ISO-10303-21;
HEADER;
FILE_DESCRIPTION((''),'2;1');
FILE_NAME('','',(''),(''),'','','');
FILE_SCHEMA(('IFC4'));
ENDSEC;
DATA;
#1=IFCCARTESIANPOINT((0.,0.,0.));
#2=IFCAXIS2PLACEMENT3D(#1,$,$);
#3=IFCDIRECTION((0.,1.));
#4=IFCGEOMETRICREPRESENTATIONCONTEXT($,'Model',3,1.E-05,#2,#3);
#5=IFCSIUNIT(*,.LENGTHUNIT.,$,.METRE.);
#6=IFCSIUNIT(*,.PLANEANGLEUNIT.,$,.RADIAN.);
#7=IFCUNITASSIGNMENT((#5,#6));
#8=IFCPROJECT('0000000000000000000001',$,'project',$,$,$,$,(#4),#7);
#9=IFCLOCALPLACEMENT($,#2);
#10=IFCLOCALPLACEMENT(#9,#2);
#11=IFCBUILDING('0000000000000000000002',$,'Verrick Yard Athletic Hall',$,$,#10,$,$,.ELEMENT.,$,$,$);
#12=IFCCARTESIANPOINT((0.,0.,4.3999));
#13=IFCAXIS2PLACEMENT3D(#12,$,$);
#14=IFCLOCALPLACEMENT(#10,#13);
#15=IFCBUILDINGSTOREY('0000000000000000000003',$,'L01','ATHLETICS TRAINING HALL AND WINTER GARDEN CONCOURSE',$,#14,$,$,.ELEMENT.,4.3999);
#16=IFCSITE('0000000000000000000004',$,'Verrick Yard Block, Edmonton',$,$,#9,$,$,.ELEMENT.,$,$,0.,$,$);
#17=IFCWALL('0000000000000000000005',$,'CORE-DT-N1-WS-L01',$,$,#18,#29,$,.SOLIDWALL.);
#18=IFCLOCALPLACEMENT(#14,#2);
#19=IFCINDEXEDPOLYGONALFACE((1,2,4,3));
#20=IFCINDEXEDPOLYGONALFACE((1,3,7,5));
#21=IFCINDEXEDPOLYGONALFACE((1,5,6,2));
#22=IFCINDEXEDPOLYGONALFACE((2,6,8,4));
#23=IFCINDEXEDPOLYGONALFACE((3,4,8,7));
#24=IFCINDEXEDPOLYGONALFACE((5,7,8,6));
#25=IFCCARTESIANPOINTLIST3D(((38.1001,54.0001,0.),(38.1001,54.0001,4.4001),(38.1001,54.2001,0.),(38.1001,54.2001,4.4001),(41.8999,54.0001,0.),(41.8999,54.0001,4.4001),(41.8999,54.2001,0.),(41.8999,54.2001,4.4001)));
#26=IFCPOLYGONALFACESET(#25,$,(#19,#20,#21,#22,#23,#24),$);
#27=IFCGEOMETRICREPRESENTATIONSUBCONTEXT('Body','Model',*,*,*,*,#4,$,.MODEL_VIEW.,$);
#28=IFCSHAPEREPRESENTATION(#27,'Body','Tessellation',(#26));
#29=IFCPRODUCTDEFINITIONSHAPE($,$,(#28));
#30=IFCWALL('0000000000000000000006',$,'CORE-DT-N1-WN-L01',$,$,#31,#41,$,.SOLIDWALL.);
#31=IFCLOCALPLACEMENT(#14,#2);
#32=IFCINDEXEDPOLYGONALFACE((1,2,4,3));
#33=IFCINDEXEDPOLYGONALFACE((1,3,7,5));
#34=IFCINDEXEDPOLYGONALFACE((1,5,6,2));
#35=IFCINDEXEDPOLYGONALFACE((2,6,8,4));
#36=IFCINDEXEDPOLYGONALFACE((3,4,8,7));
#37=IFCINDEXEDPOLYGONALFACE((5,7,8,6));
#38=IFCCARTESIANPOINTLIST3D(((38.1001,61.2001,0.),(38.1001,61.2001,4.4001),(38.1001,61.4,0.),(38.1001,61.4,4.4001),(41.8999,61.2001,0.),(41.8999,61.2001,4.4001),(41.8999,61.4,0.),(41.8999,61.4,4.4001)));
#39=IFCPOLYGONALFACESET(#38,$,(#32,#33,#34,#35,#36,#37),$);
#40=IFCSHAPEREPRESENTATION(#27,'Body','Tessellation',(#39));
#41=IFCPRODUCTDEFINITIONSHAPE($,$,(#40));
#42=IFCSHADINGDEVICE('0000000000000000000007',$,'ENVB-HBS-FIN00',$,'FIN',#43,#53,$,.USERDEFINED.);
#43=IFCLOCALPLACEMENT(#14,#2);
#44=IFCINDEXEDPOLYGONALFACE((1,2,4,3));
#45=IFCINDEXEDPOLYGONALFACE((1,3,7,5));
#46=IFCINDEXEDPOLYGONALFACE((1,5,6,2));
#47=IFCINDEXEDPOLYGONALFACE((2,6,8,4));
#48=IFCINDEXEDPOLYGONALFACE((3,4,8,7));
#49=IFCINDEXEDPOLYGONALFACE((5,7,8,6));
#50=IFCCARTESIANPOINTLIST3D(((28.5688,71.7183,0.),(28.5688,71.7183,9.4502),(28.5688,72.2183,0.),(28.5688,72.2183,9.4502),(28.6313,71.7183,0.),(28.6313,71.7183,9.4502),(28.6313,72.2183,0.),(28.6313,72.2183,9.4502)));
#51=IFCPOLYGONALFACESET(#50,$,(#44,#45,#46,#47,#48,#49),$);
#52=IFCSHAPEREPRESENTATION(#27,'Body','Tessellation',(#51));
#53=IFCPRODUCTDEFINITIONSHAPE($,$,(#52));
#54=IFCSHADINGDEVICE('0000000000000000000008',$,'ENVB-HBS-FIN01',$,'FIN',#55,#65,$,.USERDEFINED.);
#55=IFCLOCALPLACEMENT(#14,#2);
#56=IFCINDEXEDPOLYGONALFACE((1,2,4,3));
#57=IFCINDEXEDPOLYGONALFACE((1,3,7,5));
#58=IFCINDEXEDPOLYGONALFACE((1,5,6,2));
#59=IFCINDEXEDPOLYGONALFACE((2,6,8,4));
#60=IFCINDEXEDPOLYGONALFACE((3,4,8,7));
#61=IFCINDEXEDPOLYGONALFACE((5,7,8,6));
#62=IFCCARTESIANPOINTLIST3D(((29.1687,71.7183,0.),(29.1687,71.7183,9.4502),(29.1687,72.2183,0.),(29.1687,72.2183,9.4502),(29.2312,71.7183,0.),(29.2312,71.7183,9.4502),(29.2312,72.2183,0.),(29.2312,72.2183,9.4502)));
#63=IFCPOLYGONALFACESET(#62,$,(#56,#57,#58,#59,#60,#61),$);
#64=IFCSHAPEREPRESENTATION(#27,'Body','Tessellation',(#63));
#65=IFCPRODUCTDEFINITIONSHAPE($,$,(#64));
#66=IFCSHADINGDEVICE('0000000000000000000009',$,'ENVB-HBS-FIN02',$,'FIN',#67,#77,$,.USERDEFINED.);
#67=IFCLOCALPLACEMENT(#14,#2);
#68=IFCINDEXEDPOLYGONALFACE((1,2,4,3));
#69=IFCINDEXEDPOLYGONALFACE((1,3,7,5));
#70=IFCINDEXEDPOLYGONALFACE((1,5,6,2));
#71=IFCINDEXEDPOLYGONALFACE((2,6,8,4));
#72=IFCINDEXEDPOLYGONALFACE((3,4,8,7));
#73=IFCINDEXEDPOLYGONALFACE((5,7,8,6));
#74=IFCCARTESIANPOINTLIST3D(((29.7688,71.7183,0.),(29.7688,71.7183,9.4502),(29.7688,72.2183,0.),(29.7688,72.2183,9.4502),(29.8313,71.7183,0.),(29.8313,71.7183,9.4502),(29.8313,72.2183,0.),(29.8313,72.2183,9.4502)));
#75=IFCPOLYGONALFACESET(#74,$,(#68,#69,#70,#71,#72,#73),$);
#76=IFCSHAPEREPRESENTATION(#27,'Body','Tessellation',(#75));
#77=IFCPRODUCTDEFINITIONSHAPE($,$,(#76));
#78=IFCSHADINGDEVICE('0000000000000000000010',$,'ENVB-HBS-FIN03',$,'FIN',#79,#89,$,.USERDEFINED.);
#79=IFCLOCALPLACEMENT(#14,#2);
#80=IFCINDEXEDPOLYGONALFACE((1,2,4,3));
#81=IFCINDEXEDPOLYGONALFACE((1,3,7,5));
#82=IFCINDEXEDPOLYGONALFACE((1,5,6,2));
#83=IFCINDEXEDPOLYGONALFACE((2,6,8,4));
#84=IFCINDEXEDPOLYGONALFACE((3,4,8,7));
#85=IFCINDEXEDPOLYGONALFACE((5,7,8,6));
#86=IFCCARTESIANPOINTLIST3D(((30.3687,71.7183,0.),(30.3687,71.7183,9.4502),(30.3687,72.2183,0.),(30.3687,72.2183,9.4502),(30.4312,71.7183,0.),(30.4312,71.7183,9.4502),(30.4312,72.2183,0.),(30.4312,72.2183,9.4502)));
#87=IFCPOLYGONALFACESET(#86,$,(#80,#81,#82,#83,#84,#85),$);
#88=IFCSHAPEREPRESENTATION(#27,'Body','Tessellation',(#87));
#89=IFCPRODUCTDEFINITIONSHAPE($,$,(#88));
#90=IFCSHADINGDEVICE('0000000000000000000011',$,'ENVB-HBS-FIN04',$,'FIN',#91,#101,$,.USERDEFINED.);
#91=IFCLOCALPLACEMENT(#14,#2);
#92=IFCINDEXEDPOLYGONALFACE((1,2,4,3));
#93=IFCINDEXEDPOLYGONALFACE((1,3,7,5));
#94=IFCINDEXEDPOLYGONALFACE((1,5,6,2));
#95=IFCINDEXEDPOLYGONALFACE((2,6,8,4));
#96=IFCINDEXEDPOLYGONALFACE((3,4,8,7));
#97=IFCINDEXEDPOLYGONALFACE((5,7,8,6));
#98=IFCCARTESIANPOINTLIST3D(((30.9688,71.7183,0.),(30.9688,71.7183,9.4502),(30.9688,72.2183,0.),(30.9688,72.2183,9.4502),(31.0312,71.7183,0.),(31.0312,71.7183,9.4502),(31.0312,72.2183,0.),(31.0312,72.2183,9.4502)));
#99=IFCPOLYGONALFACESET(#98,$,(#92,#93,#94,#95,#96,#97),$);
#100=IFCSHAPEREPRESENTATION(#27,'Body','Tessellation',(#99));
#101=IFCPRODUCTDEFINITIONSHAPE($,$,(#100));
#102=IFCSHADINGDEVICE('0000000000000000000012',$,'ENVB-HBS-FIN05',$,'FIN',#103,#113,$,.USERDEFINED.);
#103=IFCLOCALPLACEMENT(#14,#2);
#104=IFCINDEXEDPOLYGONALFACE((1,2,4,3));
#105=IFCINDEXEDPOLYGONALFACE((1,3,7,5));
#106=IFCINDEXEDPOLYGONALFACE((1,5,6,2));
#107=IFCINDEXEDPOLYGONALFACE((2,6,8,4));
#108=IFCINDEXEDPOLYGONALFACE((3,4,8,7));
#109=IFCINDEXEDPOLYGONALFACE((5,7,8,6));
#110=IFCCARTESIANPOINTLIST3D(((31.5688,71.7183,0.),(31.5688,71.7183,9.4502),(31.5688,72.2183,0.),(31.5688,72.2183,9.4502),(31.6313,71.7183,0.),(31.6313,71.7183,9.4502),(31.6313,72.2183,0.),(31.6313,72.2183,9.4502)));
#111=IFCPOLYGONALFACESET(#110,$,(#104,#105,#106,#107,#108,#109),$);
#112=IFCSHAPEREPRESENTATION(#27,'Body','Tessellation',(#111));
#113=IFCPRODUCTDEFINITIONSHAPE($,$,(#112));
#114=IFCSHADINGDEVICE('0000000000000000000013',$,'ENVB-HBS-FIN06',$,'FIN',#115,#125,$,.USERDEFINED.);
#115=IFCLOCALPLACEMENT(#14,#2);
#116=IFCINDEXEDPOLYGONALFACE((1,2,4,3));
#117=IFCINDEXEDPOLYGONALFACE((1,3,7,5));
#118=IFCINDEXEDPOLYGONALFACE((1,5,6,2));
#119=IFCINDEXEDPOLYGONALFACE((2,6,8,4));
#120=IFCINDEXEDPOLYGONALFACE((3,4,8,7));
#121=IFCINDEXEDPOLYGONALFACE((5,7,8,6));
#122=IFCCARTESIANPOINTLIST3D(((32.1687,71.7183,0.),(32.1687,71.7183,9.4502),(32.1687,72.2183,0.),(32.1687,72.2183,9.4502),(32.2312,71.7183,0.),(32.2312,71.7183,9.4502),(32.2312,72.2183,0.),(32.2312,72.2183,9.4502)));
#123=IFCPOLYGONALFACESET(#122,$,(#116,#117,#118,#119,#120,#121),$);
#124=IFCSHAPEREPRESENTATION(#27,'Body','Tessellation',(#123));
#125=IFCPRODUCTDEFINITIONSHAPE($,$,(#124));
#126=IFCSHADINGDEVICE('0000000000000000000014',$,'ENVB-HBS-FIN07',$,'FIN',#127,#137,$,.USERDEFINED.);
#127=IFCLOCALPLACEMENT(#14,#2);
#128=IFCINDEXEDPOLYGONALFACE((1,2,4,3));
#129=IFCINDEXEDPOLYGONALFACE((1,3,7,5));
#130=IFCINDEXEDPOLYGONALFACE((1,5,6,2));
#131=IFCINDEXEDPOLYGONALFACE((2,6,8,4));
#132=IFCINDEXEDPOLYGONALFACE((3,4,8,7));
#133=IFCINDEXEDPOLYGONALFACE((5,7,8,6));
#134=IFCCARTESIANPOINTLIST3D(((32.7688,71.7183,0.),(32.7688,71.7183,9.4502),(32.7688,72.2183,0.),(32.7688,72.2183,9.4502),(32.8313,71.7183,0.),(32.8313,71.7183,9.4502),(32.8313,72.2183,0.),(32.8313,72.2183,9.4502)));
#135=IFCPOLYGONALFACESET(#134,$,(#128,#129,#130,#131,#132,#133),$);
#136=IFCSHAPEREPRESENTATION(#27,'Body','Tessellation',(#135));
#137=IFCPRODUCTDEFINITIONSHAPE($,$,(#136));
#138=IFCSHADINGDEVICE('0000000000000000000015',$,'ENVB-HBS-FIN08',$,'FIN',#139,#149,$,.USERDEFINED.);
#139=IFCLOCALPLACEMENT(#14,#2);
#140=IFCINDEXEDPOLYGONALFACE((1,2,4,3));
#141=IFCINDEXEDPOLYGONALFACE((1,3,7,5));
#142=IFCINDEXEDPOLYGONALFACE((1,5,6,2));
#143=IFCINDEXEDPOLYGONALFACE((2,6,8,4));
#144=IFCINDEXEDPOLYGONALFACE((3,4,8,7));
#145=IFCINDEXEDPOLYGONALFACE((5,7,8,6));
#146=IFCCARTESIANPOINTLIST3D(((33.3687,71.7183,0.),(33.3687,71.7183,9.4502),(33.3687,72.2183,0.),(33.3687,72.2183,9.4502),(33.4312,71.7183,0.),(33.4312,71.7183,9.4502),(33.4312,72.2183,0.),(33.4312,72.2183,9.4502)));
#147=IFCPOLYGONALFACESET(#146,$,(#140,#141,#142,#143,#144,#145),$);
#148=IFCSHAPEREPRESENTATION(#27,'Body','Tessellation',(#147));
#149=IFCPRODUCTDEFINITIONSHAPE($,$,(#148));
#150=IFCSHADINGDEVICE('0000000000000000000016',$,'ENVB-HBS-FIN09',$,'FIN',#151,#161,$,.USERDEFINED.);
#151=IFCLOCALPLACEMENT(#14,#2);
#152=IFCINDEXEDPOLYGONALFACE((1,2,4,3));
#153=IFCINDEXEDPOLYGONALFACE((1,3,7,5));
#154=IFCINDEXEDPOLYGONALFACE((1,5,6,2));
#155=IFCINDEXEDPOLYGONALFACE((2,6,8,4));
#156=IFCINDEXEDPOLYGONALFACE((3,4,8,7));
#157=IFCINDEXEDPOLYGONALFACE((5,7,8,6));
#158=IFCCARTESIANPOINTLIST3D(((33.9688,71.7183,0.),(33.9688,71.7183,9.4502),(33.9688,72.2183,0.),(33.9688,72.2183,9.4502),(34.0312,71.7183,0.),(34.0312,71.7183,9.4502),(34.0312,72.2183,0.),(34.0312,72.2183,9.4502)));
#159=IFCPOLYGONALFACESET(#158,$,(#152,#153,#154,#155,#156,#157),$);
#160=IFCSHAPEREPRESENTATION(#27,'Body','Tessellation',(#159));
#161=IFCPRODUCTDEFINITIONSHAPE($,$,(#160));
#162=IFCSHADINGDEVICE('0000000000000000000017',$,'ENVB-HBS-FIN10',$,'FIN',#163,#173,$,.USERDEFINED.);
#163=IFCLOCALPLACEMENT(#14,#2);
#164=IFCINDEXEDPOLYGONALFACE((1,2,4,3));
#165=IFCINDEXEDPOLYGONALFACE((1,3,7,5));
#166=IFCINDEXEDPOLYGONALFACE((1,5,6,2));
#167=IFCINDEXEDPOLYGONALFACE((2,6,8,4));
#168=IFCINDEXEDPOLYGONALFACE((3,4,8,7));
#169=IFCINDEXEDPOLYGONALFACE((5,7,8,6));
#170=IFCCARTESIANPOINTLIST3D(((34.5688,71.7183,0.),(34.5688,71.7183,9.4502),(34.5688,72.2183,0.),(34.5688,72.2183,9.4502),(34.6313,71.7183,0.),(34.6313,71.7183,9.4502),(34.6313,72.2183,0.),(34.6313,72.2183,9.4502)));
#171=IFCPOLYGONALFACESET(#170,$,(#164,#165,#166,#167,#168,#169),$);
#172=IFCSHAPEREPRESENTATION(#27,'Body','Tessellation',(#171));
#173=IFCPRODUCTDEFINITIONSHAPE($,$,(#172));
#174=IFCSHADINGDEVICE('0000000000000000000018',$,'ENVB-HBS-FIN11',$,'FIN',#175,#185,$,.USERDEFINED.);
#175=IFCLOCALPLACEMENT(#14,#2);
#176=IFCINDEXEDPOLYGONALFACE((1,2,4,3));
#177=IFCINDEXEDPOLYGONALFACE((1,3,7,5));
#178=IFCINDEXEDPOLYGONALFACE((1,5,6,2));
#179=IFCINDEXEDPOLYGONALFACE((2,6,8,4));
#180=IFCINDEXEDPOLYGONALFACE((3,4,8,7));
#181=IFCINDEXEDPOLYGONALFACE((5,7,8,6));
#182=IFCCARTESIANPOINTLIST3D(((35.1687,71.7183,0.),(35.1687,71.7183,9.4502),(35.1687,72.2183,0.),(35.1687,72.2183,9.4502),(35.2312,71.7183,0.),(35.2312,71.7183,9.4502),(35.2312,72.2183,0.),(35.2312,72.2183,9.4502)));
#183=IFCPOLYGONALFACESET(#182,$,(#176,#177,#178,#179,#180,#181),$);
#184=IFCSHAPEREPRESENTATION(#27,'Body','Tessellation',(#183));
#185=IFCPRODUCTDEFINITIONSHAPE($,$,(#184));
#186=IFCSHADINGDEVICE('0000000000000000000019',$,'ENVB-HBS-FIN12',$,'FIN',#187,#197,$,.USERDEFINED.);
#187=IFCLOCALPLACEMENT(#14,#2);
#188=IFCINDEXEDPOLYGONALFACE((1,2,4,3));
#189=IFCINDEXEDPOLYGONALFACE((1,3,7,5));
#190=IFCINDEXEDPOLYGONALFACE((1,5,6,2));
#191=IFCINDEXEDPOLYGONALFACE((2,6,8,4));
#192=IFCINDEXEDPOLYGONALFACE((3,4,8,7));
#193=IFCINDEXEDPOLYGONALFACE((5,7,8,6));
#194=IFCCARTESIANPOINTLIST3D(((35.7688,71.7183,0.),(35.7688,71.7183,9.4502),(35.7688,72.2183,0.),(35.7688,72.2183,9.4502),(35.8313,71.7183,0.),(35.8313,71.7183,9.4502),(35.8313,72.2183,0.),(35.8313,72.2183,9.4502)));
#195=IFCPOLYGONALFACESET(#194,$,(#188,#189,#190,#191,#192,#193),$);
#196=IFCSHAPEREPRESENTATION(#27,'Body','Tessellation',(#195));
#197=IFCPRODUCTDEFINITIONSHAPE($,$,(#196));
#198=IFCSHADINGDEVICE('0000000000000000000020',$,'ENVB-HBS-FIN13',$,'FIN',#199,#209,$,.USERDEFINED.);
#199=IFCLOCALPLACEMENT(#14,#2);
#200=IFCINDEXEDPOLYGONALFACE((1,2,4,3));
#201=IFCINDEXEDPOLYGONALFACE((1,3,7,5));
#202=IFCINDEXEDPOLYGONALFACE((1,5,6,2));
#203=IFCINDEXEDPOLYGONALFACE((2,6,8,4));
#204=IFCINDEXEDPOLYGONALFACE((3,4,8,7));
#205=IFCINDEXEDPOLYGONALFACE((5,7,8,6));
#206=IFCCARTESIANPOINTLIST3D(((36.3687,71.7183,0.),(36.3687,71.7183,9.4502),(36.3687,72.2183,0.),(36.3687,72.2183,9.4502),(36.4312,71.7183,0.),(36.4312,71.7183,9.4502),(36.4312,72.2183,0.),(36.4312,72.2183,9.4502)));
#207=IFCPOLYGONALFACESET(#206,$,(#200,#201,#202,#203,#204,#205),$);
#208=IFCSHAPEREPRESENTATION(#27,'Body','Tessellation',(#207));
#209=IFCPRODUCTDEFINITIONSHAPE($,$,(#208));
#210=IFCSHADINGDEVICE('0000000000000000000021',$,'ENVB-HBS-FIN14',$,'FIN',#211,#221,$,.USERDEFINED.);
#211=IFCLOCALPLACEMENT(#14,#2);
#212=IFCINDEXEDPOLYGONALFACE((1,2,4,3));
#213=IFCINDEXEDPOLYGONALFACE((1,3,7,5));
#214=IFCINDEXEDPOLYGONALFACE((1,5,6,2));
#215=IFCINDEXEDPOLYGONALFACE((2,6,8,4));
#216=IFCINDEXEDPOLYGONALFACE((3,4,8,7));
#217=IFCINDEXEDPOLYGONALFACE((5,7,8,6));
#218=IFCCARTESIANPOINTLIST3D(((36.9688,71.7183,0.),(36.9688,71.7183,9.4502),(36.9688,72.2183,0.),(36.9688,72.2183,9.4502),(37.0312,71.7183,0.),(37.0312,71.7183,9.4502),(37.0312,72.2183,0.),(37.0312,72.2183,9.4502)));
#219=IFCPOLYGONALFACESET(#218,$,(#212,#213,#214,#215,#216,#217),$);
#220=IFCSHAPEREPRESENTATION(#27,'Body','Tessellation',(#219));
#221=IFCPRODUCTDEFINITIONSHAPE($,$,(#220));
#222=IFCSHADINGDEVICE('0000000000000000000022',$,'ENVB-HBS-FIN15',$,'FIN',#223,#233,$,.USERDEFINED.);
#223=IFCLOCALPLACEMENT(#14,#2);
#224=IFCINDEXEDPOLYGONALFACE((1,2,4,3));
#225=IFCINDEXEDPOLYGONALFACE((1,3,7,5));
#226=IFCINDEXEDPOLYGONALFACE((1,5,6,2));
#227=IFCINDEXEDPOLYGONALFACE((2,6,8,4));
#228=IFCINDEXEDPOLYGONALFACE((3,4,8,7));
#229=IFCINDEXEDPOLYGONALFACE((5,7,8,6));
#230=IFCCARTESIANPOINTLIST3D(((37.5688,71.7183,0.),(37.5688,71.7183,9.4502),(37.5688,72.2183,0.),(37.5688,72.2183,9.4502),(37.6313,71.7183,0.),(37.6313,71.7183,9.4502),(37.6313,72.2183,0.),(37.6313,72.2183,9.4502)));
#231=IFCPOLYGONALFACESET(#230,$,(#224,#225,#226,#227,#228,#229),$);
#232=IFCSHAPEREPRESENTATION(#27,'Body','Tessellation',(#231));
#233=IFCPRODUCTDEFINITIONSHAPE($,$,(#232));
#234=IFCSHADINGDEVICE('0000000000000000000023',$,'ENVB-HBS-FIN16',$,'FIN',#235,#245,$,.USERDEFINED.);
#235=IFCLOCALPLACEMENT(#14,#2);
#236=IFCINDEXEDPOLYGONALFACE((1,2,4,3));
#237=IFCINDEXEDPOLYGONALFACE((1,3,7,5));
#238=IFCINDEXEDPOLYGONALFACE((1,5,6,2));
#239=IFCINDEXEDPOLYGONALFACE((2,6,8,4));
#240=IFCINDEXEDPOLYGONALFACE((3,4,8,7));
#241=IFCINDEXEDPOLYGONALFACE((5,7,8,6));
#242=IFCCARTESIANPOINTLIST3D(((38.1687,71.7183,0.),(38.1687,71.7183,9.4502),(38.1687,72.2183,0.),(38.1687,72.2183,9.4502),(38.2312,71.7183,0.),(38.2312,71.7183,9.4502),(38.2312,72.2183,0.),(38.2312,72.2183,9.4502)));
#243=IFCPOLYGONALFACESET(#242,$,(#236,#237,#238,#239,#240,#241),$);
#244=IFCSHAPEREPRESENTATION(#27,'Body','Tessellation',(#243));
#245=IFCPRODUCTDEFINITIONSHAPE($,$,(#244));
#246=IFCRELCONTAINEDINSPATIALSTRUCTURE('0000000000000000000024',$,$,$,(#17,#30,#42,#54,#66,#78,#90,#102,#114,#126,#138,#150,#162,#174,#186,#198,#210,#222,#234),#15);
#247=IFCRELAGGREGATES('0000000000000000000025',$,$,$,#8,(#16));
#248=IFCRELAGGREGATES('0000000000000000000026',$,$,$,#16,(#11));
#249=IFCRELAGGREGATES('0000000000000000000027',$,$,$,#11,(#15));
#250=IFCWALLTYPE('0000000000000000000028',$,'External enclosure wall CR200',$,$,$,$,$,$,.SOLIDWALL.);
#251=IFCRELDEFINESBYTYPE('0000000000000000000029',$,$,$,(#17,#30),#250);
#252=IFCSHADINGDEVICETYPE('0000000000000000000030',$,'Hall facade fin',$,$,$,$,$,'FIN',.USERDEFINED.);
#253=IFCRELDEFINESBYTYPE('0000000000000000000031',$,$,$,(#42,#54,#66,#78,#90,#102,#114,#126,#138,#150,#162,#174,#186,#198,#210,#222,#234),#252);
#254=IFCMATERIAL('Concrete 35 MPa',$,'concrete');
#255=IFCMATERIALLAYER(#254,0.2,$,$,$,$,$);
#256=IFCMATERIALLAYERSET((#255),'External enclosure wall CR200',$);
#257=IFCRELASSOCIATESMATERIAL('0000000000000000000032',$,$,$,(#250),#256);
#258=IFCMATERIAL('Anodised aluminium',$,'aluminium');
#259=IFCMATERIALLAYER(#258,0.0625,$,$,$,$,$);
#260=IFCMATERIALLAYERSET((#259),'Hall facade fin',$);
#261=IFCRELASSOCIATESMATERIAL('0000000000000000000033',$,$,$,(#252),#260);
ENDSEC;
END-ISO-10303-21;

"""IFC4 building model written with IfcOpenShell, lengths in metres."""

from ifc_helpers import new_model, si_unit, direction, frame, frame_2d, origin, place, context, subcontext, project, spatial, polyline, rectangle, outline, extrude, material, layer, layer_set, type_object, element, save


model = new_model("IFC4")

# Units and contexts
model_context = context("Model", 3, precision=1e-05, world=origin(), true_north=direction((0.0, 1.0)))
body_context = subcontext(model_context, "Body", "Model", "MODEL_VIEW")
ifc_project = project(units=[si_unit("LENGTHUNIT", "METRE"), si_unit("PLANEANGLEUNIT", "RADIAN")], contexts=[model_context])

# Site, building, storey
site_placement = place(None, origin())
site = spatial("IfcSite", under=ifc_project, at=site_placement, Name="Verrick Yard Block, Edmonton", CompositionType="ELEMENT", RefElevation=0.0)
building_placement = place(site_placement, origin())
building = spatial("IfcBuilding", under=site, at=building_placement, Name="Verrick Yard Athletic Hall", CompositionType="ELEMENT")
storey_placement = place(building_placement, frame((0.0, 0.0, 4.3999)))
storey = spatial("IfcBuildingStorey", under=building, at=storey_placement, Name="L01", Description="ATHLETICS TRAINING HALL AND WINTER GARDEN CONCOURSE", CompositionType="ELEMENT", Elevation=4.3999)

# Walls
ifc_material_1 = material(Name="Concrete 35 MPa", Category="concrete")
ifc_layer_1 = layer(ifc_material_1, 0.2)
ifc_layer_set_1 = layer_set([ifc_layer_1], Name="External enclosure wall CR200")
wall_type = type_object("IfcWallType", Name="External enclosure wall CR200", PredefinedType="SOLIDWALL", material=ifc_layer_set_1)
for number, where, z_axis, x_axis, name in (
    (1, (38.1001, 54.1001, 0.0), (0.0, 0.0, 1.0), (1.0, 0.0, 0.0), "CORE-DT-N1-WS-L01"),
    (2, (38.1001, 61.3, 0.0), (0.0, 0.0, 1.0), (1.0, 0.0, 0.0), "CORE-DT-N1-WN-L01"),
):
    element("IfcWall", number, at=place(storey_placement, frame(where, z_axis=z_axis, x_axis=x_axis)), inside=storey, type_object=wall_type, Name=name, PredefinedType="SOLIDWALL", context=body_context, shape_type="SweptSolid", body=[
        extrude(rectangle(XDim=3.7998, YDim=0.2, at=frame_2d((1.8999, 0.0))), origin(), (0.0, 0.0, 1.0), 4.4001),
    ])

# Shading devices
ifc_material_2 = material(Name="Anodised aluminium", Category="aluminium")
ifc_layer_2 = layer(ifc_material_2, 0.0625)
ifc_layer_set_2 = layer_set([ifc_layer_2], Name="Hall facade fin")
shading_device_type = type_object("IfcShadingDeviceType", Name="Hall facade fin", ElementType="FIN", PredefinedType="USERDEFINED", material=ifc_layer_set_2)
for number, where, z_axis, x_axis, name in (
    (3, (28.6001, 71.7183, 0.0), (0.0, 0.0, 1.0), (0.0, 1.0, 0.0), "ENVB-HBS-FIN00"),
    (4, (29.2, 71.7183, 0.0), (0.0, 0.0, 1.0), (0.0, 1.0, 0.0), "ENVB-HBS-FIN01"),
    (5, (29.8, 71.7183, 0.0), (0.0, 0.0, 1.0), (0.0, 1.0, 0.0), "ENVB-HBS-FIN02"),
    (6, (30.3999, 71.7183, 0.0), (0.0, 0.0, 1.0), (0.0, 1.0, 0.0), "ENVB-HBS-FIN03"),
    (7, (31.0, 71.7183, 0.0), (0.0, 0.0, 1.0), (0.0, 1.0, 0.0), "ENVB-HBS-FIN04"),
    (8, (31.6001, 71.7183, 0.0), (0.0, 0.0, 1.0), (0.0, 1.0, 0.0), "ENVB-HBS-FIN05"),
    (9, (32.2, 71.7183, 0.0), (0.0, 0.0, 1.0), (0.0, 1.0, 0.0), "ENVB-HBS-FIN06"),
    (10, (32.8, 71.7183, 0.0), (0.0, 0.0, 1.0), (0.0, 1.0, 0.0), "ENVB-HBS-FIN07"),
    (11, (33.3999, 71.7183, 0.0), (0.0, 0.0, 1.0), (0.0, 1.0, 0.0), "ENVB-HBS-FIN08"),
    (12, (34.0, 71.7183, 0.0), (0.0, 0.0, 1.0), (0.0, 1.0, 0.0), "ENVB-HBS-FIN09"),
    (13, (34.6001, 71.7183, 0.0), (0.0, 0.0, 1.0), (0.0, 1.0, 0.0), "ENVB-HBS-FIN10"),
    (14, (35.2, 71.7183, 0.0), (0.0, 0.0, 1.0), (0.0, 1.0, 0.0), "ENVB-HBS-FIN11"),
    (15, (35.8, 71.7183, 0.0), (0.0, 0.0, 1.0), (0.0, 1.0, 0.0), "ENVB-HBS-FIN12"),
    (16, (36.3999, 71.7183, 0.0), (0.0, 0.0, 1.0), (0.0, 1.0, 0.0), "ENVB-HBS-FIN13"),
    (17, (37.0, 71.7183, 0.0), (0.0, 0.0, 1.0), (0.0, 1.0, 0.0), "ENVB-HBS-FIN14"),
    (18, (37.6001, 71.7183, 0.0), (0.0, 0.0, 1.0), (0.0, 1.0, 0.0), "ENVB-HBS-FIN15"),
    (19, (38.2, 71.7183, 0.0), (0.0, 0.0, 1.0), (0.0, 1.0, 0.0), "ENVB-HBS-FIN16"),
):
    element("IfcShadingDevice", number, at=place(storey_placement, frame(where, z_axis=z_axis, x_axis=x_axis)), inside=storey, type_object=shading_device_type, Name=name, ObjectType="FIN", PredefinedType="USERDEFINED", context=body_context, shape_type="SweptSolid", body=[
        extrude(outline(polyline([(0.0, 0.0), (0.5, 0.0), (0.5, 9.4502), (0.0, 9.4502), (0.0, 0.0)])), frame((0.0, 0.0312, 0.0), z_axis=(0.0, -1.0, 0.0), x_axis=(1.0, 0.0, 0.0)), (0.0, 0.0, 1.0), 0.0625),
    ])

save(model, "model.ifc")
